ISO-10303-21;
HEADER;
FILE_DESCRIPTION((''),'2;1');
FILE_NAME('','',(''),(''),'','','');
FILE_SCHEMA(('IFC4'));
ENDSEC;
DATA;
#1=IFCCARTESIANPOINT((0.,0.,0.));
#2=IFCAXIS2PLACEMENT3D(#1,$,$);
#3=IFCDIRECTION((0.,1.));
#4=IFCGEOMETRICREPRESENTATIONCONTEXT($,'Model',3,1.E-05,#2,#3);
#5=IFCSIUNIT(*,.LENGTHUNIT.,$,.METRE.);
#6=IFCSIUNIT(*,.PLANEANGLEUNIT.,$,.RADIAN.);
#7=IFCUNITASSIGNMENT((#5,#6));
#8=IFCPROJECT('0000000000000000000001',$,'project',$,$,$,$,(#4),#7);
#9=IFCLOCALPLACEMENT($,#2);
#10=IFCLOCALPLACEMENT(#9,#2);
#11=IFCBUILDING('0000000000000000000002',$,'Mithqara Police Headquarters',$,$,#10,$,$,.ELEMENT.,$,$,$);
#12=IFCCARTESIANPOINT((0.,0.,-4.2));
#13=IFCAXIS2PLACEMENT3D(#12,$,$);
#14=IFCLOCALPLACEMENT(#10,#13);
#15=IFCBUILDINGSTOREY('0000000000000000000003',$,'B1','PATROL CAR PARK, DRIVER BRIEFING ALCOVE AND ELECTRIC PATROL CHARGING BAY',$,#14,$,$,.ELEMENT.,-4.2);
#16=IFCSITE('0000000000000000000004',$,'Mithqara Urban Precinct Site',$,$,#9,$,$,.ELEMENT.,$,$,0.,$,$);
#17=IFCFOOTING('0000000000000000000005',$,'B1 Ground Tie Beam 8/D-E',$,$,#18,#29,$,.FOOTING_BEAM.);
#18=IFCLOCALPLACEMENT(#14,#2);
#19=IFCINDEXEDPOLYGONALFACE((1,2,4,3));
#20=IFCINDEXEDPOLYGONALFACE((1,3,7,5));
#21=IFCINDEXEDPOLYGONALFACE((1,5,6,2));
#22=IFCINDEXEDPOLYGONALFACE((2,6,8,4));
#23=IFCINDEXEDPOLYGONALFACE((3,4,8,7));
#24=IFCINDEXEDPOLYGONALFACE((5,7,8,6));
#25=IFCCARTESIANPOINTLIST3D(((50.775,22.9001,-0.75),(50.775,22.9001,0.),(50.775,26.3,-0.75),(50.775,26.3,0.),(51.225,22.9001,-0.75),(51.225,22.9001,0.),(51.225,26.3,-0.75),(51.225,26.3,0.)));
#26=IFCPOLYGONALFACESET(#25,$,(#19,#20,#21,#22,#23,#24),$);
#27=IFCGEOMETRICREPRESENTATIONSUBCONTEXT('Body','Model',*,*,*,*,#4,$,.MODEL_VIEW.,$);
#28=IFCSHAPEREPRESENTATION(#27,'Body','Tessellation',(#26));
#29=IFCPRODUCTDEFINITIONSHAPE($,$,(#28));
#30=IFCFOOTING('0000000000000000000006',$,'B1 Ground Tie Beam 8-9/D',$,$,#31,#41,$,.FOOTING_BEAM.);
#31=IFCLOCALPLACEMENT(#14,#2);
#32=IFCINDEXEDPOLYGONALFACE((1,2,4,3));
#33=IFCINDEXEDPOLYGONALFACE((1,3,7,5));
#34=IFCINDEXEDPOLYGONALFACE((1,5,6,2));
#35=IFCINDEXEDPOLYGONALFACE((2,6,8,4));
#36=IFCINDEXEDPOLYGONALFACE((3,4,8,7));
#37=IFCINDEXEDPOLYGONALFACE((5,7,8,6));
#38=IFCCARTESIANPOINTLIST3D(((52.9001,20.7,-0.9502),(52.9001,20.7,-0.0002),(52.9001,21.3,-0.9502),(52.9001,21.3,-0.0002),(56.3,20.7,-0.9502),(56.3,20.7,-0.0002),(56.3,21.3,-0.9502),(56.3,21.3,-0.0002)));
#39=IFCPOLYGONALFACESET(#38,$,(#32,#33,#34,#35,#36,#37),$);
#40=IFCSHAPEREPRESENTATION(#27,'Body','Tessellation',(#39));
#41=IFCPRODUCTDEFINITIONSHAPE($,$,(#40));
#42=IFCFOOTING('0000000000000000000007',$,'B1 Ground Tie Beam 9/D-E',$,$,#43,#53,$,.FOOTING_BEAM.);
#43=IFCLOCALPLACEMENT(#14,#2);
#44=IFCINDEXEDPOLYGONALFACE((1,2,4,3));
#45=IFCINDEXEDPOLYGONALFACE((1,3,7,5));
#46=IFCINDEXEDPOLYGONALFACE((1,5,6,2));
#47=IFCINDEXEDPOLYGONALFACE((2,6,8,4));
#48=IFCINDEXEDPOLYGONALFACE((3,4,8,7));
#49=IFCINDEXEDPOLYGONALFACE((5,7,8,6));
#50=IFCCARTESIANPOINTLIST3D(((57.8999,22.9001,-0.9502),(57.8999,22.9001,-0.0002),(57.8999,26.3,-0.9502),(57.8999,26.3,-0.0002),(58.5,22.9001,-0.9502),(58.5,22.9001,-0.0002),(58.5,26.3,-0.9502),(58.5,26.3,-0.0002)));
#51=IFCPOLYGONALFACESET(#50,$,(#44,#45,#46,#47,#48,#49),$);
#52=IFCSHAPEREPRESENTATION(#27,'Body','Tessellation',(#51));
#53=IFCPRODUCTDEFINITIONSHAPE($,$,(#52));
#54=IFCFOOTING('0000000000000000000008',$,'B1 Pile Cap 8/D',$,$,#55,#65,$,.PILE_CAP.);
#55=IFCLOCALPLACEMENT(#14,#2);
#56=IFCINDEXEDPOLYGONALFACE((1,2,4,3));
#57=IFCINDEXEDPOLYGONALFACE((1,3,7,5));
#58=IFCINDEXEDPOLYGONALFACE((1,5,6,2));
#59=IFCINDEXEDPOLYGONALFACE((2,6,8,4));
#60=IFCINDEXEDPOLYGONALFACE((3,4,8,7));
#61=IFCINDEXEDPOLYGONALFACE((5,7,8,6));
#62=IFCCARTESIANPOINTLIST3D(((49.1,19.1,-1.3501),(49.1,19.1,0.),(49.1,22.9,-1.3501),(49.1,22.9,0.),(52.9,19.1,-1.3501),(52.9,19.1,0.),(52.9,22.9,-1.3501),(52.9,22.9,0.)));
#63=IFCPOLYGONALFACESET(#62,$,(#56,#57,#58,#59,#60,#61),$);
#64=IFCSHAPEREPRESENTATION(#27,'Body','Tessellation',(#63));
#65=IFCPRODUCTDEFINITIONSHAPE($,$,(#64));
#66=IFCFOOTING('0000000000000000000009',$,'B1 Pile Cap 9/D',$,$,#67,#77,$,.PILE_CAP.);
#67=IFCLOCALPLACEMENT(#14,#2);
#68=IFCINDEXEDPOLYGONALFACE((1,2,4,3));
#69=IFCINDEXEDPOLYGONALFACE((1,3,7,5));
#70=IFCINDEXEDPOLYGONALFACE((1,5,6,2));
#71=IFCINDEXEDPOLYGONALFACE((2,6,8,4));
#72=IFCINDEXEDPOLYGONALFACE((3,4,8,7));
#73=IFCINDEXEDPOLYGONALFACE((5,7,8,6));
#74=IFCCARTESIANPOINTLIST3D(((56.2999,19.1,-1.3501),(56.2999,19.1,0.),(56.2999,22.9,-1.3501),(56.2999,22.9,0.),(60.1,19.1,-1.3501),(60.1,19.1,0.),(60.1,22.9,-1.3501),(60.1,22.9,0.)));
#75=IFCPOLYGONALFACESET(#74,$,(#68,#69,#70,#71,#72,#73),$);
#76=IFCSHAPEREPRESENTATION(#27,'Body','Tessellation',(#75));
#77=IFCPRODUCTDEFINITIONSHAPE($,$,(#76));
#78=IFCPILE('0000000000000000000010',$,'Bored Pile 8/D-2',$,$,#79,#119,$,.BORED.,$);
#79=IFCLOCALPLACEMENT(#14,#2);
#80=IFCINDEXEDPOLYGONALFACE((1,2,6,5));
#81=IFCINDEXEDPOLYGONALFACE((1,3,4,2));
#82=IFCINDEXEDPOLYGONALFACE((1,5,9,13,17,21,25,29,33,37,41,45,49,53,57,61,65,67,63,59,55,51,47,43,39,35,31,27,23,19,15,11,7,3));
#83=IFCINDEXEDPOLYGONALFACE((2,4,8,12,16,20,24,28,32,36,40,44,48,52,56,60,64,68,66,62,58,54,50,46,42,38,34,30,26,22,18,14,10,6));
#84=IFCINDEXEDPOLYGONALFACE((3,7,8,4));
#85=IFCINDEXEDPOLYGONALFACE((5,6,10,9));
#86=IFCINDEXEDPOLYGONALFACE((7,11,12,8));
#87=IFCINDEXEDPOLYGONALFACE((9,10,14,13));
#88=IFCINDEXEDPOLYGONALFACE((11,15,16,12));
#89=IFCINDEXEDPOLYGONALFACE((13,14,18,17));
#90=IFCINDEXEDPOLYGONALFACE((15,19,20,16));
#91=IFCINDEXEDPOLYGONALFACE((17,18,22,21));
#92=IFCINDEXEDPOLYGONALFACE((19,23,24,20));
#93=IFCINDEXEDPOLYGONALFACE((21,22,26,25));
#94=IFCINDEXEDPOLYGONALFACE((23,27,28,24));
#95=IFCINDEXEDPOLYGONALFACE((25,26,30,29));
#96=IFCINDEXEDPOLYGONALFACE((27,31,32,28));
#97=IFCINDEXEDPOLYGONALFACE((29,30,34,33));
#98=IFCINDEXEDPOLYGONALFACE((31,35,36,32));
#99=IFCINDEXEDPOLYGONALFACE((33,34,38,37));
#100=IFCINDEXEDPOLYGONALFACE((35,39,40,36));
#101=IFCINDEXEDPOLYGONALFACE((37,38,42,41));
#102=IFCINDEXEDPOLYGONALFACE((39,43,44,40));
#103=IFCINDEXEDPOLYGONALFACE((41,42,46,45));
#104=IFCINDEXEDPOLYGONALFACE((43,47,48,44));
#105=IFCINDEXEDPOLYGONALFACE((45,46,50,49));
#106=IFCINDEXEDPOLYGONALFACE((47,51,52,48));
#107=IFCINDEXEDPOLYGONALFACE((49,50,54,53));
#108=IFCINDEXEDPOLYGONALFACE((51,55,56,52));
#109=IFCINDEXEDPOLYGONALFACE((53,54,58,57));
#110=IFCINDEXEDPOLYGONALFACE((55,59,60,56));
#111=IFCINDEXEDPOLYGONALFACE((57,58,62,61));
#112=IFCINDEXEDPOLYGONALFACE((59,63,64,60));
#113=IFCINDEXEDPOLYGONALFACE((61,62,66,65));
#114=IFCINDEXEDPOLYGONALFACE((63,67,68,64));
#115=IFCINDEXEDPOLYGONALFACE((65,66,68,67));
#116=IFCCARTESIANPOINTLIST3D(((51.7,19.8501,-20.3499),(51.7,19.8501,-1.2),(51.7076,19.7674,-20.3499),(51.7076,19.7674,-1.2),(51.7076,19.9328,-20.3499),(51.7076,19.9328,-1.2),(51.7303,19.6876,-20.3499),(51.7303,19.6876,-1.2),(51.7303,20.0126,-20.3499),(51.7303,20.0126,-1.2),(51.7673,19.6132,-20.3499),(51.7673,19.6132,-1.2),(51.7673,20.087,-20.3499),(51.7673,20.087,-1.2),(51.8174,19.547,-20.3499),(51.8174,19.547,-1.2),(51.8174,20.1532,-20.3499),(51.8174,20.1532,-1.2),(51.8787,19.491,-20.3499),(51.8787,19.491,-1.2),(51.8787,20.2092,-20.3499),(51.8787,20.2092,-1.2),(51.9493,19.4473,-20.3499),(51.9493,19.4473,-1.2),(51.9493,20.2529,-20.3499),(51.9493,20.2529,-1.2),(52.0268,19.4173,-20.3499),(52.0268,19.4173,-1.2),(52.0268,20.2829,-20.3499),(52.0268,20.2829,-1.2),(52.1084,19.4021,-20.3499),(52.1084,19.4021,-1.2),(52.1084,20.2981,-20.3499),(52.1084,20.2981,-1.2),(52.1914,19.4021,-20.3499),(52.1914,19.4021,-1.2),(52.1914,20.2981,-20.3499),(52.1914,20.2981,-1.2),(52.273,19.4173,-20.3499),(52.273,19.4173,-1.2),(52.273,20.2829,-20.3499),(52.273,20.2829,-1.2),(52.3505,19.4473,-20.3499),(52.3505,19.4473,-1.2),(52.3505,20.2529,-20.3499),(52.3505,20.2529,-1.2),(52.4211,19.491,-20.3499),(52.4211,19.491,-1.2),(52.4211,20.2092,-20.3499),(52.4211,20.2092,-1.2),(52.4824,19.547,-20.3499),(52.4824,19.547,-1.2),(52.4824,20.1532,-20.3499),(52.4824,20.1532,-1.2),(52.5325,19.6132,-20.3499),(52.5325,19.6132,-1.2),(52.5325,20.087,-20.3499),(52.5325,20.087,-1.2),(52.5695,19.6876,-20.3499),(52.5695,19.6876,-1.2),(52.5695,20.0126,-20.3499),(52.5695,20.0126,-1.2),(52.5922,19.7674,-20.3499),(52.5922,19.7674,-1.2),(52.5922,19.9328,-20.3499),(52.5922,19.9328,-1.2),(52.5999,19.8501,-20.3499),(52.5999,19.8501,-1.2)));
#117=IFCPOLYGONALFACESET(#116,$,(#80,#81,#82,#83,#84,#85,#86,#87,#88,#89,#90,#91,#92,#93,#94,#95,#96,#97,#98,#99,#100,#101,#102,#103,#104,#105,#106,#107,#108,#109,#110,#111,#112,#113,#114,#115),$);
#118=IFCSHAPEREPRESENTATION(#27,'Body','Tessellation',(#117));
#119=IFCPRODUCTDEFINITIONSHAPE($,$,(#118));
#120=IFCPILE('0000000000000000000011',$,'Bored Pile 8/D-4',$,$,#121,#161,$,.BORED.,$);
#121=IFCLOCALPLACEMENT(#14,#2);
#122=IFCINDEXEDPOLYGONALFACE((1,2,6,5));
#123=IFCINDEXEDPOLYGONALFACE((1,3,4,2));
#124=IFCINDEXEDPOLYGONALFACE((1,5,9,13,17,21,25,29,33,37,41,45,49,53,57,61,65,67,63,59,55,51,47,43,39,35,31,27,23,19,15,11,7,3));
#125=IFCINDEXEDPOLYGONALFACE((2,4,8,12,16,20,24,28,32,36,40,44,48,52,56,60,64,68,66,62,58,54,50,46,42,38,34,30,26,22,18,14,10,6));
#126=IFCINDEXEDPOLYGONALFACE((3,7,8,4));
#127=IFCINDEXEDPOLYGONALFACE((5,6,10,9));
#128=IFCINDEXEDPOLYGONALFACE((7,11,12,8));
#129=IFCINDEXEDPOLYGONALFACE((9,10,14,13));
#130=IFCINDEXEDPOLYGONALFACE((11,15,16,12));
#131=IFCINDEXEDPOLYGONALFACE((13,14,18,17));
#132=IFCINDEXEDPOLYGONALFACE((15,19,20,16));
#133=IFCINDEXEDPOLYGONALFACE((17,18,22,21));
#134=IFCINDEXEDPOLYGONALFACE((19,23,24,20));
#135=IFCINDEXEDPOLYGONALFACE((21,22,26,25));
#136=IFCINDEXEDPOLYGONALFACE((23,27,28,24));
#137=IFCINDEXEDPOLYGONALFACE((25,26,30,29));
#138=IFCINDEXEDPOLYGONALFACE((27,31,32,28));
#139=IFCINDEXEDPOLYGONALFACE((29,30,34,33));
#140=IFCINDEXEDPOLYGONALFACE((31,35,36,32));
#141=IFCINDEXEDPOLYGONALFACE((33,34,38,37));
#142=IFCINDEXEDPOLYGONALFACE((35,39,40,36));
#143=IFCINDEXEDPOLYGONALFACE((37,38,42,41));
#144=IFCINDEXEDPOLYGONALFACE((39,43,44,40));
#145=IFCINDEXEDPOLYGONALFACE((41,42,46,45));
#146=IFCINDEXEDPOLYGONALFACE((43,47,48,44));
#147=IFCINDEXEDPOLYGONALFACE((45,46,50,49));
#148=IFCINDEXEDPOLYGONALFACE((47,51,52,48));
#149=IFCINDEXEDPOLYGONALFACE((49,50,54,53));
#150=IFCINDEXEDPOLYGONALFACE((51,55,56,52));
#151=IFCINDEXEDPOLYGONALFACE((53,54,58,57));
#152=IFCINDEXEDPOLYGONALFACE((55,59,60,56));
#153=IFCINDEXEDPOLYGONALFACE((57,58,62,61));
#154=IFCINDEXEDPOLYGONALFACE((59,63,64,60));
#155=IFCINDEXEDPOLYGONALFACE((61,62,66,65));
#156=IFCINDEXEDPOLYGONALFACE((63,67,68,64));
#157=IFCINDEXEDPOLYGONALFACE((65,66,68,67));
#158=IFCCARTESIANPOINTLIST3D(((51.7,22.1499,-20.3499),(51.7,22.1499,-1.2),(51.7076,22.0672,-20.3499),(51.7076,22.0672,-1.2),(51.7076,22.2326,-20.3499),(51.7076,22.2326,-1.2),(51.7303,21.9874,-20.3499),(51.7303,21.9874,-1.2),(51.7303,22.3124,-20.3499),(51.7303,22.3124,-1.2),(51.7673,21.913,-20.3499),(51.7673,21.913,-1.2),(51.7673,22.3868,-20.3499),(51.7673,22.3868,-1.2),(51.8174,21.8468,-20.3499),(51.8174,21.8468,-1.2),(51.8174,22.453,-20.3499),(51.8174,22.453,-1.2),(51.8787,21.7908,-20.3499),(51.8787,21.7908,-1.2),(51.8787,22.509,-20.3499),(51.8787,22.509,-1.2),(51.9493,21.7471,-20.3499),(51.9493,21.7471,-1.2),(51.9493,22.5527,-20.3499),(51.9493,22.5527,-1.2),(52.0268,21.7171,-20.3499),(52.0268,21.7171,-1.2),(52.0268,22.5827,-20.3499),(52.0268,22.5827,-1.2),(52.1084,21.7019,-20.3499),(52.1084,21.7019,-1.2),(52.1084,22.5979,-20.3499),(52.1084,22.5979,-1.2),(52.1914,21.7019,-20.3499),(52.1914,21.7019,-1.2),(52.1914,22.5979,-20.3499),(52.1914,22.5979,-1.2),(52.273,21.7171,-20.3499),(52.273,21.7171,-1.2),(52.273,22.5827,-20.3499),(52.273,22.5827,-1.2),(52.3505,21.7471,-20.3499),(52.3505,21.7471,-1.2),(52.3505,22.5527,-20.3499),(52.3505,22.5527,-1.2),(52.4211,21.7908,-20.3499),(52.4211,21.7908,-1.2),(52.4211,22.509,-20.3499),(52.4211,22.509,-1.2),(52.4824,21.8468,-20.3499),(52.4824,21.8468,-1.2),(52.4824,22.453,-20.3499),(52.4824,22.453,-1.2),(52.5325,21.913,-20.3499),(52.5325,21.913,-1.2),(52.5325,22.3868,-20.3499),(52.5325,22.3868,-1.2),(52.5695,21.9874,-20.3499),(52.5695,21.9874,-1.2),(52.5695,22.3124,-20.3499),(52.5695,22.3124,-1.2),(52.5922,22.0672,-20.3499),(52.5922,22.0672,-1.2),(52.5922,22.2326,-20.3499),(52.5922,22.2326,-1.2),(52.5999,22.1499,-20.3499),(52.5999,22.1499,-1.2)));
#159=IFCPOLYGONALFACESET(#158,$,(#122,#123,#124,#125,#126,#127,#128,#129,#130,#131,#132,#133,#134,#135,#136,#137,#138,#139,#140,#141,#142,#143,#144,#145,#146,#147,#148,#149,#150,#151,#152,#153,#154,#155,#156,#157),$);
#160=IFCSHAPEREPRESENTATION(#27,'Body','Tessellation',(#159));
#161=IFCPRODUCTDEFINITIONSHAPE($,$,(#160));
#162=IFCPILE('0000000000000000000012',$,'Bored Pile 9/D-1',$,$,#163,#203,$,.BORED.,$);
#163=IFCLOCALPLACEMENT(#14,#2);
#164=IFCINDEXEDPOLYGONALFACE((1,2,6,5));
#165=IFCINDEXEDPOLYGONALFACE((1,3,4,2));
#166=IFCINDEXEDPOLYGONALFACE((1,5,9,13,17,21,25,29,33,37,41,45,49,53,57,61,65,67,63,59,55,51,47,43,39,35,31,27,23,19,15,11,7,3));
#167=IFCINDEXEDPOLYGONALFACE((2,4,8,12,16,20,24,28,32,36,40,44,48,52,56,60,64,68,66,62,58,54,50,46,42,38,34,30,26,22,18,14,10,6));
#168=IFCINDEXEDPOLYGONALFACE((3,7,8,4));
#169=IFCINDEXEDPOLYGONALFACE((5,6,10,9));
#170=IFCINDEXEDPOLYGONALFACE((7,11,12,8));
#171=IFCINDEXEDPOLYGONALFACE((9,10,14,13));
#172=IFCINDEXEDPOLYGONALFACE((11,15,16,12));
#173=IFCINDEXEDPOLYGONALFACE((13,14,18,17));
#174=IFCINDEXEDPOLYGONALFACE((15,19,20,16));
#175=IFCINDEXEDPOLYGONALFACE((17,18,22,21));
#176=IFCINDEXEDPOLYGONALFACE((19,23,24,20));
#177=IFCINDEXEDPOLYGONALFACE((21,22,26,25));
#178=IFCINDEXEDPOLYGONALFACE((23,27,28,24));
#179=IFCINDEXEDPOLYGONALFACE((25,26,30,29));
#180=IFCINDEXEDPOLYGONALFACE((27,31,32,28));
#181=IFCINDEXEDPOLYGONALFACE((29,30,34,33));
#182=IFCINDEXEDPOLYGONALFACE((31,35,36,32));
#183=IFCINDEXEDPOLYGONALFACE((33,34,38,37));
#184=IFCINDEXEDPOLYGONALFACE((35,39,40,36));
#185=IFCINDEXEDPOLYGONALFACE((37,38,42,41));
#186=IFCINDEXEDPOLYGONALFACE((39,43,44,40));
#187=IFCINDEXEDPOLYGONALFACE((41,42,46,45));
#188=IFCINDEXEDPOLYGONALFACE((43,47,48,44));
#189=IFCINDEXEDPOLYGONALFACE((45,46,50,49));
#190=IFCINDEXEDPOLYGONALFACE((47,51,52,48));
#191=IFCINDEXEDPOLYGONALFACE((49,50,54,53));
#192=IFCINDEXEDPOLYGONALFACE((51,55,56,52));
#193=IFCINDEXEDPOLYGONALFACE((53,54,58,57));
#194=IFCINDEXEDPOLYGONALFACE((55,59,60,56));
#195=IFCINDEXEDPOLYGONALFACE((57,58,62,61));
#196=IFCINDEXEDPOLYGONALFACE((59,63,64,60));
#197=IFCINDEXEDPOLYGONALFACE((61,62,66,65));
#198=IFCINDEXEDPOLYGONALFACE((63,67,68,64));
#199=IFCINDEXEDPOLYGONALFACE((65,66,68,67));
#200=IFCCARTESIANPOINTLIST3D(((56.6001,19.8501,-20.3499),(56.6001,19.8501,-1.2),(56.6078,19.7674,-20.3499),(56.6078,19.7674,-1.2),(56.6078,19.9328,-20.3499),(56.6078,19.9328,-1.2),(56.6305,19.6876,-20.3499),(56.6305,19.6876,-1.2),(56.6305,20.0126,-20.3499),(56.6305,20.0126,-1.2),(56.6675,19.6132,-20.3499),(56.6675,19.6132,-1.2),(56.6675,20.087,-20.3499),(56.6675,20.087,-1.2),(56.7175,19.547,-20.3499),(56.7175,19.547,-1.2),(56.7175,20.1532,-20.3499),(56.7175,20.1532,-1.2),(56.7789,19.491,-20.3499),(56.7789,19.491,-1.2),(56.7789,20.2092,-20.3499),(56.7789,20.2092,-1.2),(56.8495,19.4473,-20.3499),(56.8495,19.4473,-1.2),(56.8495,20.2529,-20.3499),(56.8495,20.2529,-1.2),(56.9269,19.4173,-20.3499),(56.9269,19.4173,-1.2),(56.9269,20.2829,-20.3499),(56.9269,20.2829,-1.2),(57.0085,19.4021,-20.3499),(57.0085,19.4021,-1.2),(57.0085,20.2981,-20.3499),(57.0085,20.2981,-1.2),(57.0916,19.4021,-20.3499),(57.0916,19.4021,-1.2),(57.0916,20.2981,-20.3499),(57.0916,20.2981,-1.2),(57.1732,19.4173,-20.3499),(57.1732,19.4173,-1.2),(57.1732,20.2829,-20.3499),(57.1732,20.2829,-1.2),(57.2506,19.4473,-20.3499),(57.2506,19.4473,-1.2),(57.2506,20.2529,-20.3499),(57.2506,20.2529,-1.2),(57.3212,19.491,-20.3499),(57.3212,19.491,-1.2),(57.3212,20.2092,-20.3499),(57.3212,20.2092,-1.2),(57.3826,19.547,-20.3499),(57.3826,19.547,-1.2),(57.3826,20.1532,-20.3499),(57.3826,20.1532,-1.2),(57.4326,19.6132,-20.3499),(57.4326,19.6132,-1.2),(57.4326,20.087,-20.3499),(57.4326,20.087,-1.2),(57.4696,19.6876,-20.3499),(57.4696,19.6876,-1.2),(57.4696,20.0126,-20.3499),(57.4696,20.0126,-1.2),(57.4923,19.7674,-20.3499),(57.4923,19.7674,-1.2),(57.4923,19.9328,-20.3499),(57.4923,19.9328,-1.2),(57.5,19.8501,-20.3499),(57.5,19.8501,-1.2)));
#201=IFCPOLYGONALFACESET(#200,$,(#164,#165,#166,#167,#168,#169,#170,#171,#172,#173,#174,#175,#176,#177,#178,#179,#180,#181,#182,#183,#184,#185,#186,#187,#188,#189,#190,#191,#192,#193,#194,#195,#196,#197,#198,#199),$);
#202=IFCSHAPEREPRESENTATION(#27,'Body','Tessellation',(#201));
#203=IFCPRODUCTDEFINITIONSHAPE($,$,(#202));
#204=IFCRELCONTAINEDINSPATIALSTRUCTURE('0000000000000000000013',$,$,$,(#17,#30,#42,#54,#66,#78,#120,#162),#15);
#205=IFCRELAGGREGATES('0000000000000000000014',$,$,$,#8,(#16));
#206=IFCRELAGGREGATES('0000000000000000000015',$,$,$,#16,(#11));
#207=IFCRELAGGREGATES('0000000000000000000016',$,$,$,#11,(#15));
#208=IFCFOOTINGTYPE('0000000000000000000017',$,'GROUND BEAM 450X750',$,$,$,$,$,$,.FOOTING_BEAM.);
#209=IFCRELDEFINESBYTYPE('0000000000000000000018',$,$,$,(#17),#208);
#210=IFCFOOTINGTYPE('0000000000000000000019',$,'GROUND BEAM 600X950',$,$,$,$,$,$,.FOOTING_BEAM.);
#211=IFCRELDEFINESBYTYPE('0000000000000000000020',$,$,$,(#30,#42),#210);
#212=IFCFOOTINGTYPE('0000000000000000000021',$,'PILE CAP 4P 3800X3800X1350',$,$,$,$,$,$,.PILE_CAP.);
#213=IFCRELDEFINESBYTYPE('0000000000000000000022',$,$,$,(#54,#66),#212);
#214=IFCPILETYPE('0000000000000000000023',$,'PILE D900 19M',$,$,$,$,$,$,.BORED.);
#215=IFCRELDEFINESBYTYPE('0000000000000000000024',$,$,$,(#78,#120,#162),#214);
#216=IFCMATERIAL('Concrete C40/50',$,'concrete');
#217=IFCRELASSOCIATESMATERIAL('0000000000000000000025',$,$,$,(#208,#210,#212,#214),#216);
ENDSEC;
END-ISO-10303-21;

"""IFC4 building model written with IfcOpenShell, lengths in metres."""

from ifc_helpers import new_model, si_unit, direction, frame, origin, origin_2d, place, context, subcontext, project, spatial, rectangle, circle, extrude, material, material_profile, profile_set, type_object, element, save


model = new_model("IFC4")

# Units and contexts
model_context = context("Model", 3, precision=1e-05, world=origin(), true_north=direction((0.0, 1.0)))
body_context = subcontext(model_context, "Body", "Model", "MODEL_VIEW")
ifc_project = project(units=[si_unit("LENGTHUNIT", "METRE"), si_unit("PLANEANGLEUNIT", "RADIAN")], contexts=[model_context])

# Site, building, storey
site_placement = place(None, origin())
site = spatial("IfcSite", under=ifc_project, at=site_placement, Name="Mithqara Urban Precinct Site", CompositionType="ELEMENT", RefElevation=0.0)
building_placement = place(site_placement, origin())
building = spatial("IfcBuilding", under=site, at=building_placement, Name="Mithqara Police Headquarters", CompositionType="ELEMENT")
storey_placement = place(building_placement, frame((0.0, 0.0, -4.2)))
storey = spatial("IfcBuildingStorey", under=building, at=storey_placement, Name="B1", Description="PATROL CAR PARK, DRIVER BRIEFING ALCOVE AND ELECTRIC PATROL CHARGING BAY", CompositionType="ELEMENT", Elevation=-4.2)

# Footings
ifc_material_1 = material(Name="Concrete C40/50", Category="concrete")
footing_type_1 = type_object("IfcFootingType", Name="GROUND BEAM 450X750", PredefinedType="FOOTING_BEAM", material=ifc_material_1)
footing_1_placement = place(storey_placement, frame((51.0, 24.6001, -0.75), z_axis=(0.0, 0.0, 1.0), x_axis=(1.0, 0.0, 0.0)))
element("IfcFooting", 1, at=footing_1_placement, inside=storey, type_object=footing_type_1, Name="B1 Ground Tie Beam 8/D-E", PredefinedType="FOOTING_BEAM", context=body_context, shape_type="SweptSolid", body=[
    extrude(rectangle(XDim=0.45, YDim=3.3999, at=origin_2d()), origin(), (0.0, 0.0, 1.0), 0.75),
])
footing_type_2 = type_object("IfcFootingType", Name="GROUND BEAM 600X950", PredefinedType="FOOTING_BEAM", material=ifc_material_1)
footing_2_placement = place(storey_placement, frame((54.6001, 21.0, -0.9502), z_axis=(0.0, 0.0, 1.0), x_axis=(1.0, 0.0, 0.0)))
element("IfcFooting", 2, at=footing_2_placement, inside=storey, type_object=footing_type_2, Name="B1 Ground Tie Beam 8-9/D", PredefinedType="FOOTING_BEAM", context=body_context, shape_type="SweptSolid", body=[
    extrude(rectangle(XDim=3.3999, YDim=0.6001, at=origin_2d()), origin(), (0.0, 0.0, 1.0), 0.95),
])
footing_3_placement = place(storey_placement, frame((58.2, 24.6001, -0.9502), z_axis=(0.0, 0.0, 1.0), x_axis=(1.0, 0.0, 0.0)))
element("IfcFooting", 3, at=footing_3_placement, inside=storey, type_object=footing_type_2, Name="B1 Ground Tie Beam 9/D-E", PredefinedType="FOOTING_BEAM", context=body_context, shape_type="SweptSolid", body=[
    extrude(rectangle(XDim=0.6001, YDim=3.3999, at=origin_2d()), origin(), (0.0, 0.0, 1.0), 0.95),
])
footing_type_3 = type_object("IfcFootingType", Name="PILE CAP 4P 3800X3800X1350", PredefinedType="PILE_CAP", material=ifc_material_1)
for number, where, z_axis, x_axis, name in (
    (4, (51.0, 21.0, -1.3501), (0.0, 0.0, 1.0), (1.0, 0.0, 0.0), "B1 Pile Cap 8/D"),
    (5, (58.2, 21.0, -1.3501), (0.0, 0.0, 1.0), (1.0, 0.0, 0.0), "B1 Pile Cap 9/D"),
):
    element("IfcFooting", number, at=place(storey_placement, frame(where, z_axis=z_axis, x_axis=x_axis)), inside=storey, type_object=footing_type_3, Name=name, PredefinedType="PILE_CAP", context=body_context, shape_type="SweptSolid", body=[
        extrude(rectangle(XDim=3.8, YDim=3.8, at=origin_2d()), origin(), (0.0, 0.0, 1.0), 1.3501),
    ])

# Piles
ifc_material_profile_1 = material_profile(ifc_material_1, circle(Radius=0.45, at=origin_2d()), Name="PILE D900")
ifc_profile_set_1 = profile_set([ifc_material_profile_1], Name="Concrete C40/50")
pile_type = type_object("IfcPileType", Name="PILE D900 19M", PredefinedType="BORED", material=ifc_profile_set_1)
for number, where, z_axis, x_axis, name in (
    (6, (52.1499, 19.8501, -1.2), (0.0, 0.0, -1.0), (1.0, 0.0, 0.0), "Bored Pile 8/D-2"),
    (7, (52.1499, 22.1499, -1.2), (0.0, 0.0, -1.0), (1.0, 0.0, 0.0), "Bored Pile 8/D-4"),
    (8, (57.05, 19.8501, -1.2), (0.0, 0.0, -1.0), (1.0, 0.0, 0.0), "Bored Pile 9/D-1"),
):
    element("IfcPile", number, at=place(storey_placement, frame(where, z_axis=z_axis, x_axis=x_axis)), inside=storey, type_object=pile_type, Name=name, PredefinedType="BORED", context=body_context, shape_type="SweptSolid", body=[
        extrude(circle(Radius=0.45, at=origin_2d()), origin(), (0.0, 0.0, 1.0), 19.1499),
    ])

save(model, "model.ifc")
